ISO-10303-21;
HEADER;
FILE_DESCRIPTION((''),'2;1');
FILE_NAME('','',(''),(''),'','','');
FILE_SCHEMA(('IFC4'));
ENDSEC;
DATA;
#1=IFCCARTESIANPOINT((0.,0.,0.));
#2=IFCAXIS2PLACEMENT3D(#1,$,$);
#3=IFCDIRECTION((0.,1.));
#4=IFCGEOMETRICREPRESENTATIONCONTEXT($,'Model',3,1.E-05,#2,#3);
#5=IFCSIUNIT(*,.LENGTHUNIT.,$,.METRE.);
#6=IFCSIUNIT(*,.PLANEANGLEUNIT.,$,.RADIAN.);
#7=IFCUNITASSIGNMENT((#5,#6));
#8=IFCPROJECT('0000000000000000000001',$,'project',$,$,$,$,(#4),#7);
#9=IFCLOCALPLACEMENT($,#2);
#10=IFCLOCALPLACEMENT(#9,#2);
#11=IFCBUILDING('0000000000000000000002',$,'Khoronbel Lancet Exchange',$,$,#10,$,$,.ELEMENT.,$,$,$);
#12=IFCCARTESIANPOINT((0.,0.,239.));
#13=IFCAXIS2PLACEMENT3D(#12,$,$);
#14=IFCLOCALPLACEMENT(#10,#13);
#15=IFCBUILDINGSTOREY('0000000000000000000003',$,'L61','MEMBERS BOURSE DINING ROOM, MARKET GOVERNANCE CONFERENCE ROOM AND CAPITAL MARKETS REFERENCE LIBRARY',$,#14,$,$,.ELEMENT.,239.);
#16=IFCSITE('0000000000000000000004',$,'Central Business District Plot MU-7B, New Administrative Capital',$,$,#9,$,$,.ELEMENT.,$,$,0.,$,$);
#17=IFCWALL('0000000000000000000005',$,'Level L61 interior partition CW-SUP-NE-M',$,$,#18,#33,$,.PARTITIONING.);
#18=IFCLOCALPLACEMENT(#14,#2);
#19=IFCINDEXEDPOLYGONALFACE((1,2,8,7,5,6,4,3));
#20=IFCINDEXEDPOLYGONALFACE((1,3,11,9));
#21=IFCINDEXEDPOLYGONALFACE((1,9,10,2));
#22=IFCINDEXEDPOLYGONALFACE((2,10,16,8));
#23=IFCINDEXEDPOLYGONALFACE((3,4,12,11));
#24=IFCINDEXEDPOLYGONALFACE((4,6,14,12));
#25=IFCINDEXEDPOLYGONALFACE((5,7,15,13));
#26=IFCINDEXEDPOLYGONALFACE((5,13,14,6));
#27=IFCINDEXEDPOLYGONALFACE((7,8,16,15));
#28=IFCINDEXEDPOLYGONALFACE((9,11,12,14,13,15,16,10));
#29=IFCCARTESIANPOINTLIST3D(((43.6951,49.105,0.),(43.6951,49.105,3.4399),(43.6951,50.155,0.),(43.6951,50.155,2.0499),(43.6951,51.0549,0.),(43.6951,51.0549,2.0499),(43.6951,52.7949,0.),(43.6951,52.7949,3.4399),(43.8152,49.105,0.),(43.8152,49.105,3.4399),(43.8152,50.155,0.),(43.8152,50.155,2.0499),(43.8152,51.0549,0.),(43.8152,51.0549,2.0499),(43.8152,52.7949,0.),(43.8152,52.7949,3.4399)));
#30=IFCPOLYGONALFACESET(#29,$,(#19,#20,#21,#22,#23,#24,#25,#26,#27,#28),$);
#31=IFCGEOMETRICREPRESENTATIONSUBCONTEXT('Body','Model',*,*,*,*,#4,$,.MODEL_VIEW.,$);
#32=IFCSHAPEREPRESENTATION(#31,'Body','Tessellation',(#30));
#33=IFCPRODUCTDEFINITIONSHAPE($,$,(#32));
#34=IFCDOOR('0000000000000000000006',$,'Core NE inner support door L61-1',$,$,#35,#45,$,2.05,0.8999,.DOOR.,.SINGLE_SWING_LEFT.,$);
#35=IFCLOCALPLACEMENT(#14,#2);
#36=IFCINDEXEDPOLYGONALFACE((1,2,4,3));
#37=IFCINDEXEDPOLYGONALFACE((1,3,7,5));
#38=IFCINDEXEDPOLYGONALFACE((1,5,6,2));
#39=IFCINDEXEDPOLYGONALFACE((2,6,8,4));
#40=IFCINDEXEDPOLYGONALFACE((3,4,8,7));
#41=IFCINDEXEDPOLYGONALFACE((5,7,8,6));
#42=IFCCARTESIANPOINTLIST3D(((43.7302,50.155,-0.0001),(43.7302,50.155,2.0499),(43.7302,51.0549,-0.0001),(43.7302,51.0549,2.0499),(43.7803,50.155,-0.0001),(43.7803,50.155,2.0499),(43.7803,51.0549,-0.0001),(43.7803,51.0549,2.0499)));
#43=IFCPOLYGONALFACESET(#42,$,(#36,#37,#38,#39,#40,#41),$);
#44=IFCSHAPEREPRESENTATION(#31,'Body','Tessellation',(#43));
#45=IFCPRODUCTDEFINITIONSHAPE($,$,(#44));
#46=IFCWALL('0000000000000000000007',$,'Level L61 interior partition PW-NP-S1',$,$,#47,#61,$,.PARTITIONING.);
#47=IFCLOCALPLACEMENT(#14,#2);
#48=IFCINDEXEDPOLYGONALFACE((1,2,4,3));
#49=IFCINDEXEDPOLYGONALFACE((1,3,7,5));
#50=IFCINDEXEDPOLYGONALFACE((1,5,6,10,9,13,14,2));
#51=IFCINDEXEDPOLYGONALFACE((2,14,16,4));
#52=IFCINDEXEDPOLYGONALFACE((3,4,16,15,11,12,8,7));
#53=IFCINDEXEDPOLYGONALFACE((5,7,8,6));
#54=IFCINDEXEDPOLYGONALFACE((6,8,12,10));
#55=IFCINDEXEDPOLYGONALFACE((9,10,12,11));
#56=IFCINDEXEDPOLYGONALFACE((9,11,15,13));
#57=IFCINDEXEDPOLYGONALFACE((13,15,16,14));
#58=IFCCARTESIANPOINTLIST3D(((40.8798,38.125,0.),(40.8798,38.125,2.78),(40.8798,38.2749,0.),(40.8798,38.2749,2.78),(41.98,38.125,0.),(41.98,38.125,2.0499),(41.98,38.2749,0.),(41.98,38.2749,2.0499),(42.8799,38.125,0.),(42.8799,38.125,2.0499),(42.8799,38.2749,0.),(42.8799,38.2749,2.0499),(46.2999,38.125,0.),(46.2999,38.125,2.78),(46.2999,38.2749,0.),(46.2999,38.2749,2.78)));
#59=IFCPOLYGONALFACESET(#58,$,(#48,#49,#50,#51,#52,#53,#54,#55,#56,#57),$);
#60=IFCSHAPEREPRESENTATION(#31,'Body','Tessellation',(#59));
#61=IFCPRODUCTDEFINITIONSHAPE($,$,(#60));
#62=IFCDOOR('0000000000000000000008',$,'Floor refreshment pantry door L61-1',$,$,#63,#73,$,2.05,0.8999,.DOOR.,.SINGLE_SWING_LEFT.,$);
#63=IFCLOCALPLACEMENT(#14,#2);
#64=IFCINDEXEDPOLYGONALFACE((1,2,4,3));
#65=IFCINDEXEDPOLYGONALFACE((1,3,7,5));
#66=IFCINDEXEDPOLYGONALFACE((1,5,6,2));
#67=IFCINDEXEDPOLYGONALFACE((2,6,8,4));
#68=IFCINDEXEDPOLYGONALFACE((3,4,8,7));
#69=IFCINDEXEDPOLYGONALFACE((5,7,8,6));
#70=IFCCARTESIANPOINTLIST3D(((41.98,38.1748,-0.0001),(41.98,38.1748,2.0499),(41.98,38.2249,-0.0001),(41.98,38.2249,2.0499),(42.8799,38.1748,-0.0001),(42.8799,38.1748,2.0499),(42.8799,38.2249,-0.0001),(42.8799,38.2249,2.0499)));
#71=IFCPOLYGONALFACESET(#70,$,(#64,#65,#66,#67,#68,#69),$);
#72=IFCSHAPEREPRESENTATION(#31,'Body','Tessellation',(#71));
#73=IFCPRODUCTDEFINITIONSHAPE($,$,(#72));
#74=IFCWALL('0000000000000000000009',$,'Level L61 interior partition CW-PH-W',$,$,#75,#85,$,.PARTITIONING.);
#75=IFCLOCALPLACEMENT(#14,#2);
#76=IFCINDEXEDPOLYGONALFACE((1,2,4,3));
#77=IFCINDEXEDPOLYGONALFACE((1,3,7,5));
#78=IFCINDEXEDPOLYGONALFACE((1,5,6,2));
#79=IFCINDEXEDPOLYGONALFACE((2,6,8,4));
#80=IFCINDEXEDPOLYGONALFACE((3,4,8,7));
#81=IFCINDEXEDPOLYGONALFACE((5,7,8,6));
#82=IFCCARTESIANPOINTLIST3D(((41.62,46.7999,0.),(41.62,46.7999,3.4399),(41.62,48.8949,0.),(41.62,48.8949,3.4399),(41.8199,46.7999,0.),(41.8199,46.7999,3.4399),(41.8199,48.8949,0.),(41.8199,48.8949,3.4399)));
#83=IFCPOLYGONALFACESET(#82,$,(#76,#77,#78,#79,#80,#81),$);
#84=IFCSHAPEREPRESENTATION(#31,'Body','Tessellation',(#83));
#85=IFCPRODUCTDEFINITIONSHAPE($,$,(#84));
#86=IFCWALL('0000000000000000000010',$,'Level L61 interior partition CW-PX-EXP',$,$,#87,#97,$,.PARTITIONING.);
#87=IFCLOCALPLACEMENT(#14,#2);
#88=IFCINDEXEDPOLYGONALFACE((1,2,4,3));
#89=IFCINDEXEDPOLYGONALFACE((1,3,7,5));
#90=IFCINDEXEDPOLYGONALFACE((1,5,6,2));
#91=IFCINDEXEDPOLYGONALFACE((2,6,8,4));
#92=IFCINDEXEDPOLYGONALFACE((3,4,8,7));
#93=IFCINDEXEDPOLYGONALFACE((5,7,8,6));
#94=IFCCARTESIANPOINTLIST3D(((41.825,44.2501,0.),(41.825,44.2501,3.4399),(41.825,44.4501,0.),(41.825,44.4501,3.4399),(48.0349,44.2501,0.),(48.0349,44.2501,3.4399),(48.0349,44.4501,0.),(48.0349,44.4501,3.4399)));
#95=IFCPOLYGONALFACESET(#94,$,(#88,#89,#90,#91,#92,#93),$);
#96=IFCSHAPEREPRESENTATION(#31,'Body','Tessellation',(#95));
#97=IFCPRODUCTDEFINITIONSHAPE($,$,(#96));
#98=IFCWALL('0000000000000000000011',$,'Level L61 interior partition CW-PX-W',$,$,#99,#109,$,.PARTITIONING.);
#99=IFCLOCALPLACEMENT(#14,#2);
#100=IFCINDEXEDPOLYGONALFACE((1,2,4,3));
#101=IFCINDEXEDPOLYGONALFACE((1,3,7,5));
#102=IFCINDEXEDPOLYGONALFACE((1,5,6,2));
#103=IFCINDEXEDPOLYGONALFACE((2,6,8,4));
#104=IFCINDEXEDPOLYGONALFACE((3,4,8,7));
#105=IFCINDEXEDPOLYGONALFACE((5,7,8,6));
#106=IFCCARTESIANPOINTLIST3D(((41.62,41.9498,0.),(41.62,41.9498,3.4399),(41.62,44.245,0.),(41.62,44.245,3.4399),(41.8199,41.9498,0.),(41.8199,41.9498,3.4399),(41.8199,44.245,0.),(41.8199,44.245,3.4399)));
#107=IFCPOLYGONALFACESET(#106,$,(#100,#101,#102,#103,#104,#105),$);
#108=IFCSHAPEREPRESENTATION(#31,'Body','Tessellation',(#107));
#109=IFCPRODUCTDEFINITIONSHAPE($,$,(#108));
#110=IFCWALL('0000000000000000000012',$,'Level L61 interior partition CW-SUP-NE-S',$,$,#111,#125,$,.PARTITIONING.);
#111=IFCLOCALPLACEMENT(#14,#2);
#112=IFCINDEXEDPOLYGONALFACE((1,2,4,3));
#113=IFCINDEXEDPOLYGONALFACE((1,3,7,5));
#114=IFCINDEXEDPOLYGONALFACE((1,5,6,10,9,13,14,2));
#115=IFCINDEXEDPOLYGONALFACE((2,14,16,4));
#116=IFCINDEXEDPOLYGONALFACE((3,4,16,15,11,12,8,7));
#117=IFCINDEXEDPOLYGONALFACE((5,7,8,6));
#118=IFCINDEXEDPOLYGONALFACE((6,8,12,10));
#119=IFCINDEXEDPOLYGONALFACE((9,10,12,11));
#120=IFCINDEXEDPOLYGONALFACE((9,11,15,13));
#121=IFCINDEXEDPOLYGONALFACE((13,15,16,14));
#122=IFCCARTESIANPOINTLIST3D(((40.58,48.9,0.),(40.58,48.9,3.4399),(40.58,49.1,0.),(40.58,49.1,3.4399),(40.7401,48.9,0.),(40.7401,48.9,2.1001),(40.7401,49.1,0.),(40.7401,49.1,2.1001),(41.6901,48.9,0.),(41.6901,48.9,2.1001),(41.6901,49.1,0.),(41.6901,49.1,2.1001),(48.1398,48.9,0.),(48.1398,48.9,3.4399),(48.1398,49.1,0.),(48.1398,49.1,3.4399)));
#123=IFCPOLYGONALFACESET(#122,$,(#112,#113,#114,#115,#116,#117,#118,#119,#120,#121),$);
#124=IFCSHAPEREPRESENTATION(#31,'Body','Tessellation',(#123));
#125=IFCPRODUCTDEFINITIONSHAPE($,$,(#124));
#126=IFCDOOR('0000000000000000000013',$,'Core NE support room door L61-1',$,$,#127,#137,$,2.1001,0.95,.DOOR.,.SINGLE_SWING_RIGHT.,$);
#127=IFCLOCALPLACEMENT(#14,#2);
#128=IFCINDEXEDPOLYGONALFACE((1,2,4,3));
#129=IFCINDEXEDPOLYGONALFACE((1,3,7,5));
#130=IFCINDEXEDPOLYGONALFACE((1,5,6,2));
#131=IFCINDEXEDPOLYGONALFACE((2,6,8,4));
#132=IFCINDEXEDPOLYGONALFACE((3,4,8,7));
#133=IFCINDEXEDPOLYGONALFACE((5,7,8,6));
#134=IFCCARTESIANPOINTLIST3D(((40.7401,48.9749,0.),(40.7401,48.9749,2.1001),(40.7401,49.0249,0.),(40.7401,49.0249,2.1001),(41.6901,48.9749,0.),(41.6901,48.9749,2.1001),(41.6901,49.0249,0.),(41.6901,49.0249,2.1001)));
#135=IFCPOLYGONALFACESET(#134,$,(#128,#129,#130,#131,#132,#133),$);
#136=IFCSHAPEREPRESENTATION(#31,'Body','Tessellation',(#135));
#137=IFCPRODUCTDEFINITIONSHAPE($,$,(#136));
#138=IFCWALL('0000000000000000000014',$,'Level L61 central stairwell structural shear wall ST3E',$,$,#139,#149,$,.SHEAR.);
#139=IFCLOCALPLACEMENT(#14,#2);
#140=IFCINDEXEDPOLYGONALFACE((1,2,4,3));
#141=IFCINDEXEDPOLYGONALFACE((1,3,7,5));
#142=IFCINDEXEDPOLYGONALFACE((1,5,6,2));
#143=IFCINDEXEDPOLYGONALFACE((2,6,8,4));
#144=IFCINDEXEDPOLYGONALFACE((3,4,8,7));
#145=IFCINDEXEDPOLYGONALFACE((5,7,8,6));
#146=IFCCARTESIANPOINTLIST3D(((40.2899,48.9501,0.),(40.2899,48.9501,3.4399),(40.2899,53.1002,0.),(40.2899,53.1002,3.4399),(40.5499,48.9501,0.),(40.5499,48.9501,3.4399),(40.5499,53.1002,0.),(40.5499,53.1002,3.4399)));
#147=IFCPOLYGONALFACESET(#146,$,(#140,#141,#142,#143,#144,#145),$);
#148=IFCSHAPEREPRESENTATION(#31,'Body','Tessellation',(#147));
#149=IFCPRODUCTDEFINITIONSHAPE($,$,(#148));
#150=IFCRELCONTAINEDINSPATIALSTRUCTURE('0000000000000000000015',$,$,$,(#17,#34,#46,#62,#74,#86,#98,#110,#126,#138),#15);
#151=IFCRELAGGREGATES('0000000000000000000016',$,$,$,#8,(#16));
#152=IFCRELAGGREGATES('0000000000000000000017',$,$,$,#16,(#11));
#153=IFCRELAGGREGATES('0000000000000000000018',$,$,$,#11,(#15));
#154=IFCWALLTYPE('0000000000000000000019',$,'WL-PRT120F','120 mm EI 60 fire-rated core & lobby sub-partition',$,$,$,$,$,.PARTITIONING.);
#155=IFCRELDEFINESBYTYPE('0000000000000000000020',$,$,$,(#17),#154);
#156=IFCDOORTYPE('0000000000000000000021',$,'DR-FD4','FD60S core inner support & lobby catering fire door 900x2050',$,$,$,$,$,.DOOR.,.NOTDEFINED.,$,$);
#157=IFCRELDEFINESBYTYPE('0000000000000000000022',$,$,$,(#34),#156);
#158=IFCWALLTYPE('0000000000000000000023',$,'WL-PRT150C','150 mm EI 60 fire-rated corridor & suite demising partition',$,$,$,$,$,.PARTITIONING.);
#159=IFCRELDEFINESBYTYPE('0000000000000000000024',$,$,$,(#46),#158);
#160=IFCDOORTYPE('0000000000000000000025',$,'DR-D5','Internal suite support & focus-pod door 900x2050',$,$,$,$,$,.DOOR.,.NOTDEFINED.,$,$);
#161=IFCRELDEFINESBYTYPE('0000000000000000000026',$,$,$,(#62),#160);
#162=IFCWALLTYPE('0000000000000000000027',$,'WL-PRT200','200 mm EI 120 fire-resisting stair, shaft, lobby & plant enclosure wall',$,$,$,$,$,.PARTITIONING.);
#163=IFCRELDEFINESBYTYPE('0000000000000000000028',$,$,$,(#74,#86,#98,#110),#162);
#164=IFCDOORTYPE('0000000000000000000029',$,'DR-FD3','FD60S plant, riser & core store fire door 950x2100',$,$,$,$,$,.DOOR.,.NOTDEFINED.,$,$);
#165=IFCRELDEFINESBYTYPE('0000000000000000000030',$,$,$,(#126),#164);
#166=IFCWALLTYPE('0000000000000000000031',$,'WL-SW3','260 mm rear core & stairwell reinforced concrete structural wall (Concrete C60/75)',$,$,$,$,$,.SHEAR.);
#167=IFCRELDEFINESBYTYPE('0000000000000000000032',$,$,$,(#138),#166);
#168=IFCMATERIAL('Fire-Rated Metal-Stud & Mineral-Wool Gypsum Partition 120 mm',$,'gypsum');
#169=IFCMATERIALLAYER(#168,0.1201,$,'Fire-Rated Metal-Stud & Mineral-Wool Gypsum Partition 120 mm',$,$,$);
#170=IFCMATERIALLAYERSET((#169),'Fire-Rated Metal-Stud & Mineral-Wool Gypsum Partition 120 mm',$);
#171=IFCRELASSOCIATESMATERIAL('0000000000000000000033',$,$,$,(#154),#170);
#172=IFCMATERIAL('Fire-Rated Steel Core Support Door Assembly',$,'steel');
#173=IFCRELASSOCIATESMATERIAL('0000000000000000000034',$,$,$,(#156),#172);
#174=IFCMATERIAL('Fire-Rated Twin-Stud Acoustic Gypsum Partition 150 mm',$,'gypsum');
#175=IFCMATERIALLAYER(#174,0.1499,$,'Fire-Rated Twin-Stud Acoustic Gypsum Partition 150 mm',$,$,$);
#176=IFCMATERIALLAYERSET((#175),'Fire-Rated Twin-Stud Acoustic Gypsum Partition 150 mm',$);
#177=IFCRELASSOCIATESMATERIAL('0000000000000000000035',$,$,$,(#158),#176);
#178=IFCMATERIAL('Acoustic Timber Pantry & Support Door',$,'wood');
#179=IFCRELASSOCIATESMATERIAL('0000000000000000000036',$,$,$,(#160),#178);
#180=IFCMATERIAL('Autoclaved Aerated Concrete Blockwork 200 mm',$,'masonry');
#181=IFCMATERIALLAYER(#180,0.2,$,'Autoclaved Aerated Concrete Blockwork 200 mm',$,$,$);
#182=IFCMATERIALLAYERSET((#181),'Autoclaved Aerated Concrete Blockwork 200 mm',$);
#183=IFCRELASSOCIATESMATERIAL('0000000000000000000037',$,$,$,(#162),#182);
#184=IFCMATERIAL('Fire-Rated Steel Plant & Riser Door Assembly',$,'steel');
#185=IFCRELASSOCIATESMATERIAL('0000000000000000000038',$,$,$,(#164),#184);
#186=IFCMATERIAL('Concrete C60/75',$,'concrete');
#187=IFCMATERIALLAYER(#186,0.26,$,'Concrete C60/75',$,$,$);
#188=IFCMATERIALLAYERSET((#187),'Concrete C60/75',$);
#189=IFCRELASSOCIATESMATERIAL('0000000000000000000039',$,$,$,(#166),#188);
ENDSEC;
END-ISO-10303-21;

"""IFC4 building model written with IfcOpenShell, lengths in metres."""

from ifc_helpers import new_model, si_unit, direction, frame, frame_2d, origin, place, context, subcontext, project, spatial, rectangle, extrude, material, layer, layer_set, type_object, element, fill, save


model = new_model("IFC4")

# Units and contexts
model_context = context("Model", 3, precision=1e-05, world=origin(), true_north=direction((0.0, 1.0)))
body_context = subcontext(model_context, "Body", "Model", "MODEL_VIEW")
ifc_project = project(units=[si_unit("LENGTHUNIT", "METRE"), si_unit("PLANEANGLEUNIT", "RADIAN")], contexts=[model_context])

# Site, building, storey
site_placement = place(None, origin())
site = spatial("IfcSite", under=ifc_project, at=site_placement, Name="Central Business District Plot MU-7B, New Administrative Capital", CompositionType="ELEMENT", RefElevation=0.0)
building_placement = place(site_placement, origin())
building = spatial("IfcBuilding", under=site, at=building_placement, Name="Khoronbel Lancet Exchange", CompositionType="ELEMENT")
storey_placement = place(building_placement, frame((0.0, 0.0, 239.0)))
storey = spatial("IfcBuildingStorey", under=building, at=storey_placement, Name="L61", Description="MEMBERS BOURSE DINING ROOM, MARKET GOVERNANCE CONFERENCE ROOM AND CAPITAL MARKETS REFERENCE LIBRARY", CompositionType="ELEMENT", Elevation=239.0)

# Shared definitions
ifc_material_1 = material(Name="Concrete C60/75", Category="concrete")

# Shared definitions
ifc_material_2 = material(Name="Fire-Rated Metal-Stud & Mineral-Wool Gypsum Partition 120 mm", Category="gypsum")
ifc_layer_1 = layer(ifc_material_2, 0.1201, Name="Fire-Rated Metal-Stud & Mineral-Wool Gypsum Partition 120 mm")
ifc_layer_set_1 = layer_set([ifc_layer_1], Name="Fire-Rated Metal-Stud & Mineral-Wool Gypsum Partition 120 mm")
wall_type_1 = type_object("IfcWallType", Name="WL-PRT120F", Description="120 mm EI 60 fire-rated core & lobby sub-partition", PredefinedType="PARTITIONING", material=ifc_layer_set_1)

# Walls, openings, doors
wall_1_placement = place(storey_placement, frame((43.7551, 49.105, 0.0), z_axis=(0.0, 0.0, 1.0), x_axis=(0.0, 1.0, 0.0)))
wall_1 = element("IfcWall", 1, at=wall_1_placement, inside=storey, type_object=wall_type_1, Name="Level L61 interior partition CW-SUP-NE-M", PredefinedType="PARTITIONING", context=body_context, shape_type="SweptSolid", body=[
    extrude(rectangle(XDim=3.6899, YDim=0.1201, at=frame_2d((1.845, 0.0))), origin(), (0.0, 0.0, 1.0), 3.4399),
])
opening_1_placement = place(wall_1_placement, frame((1.05, 0.0, 0.0)))
opening_1 = element("IfcOpeningElement", 2, at=opening_1_placement, cuts=wall_1, PredefinedType="OPENING", context=body_context, shape_type="SweptSolid", body=[
    extrude(rectangle(XDim=0.8999, YDim=2.05, at=frame_2d((0.45, 1.0249))), frame((0.0, 0.0701, 0.0), z_axis=(0.0, -1.0, 0.0), x_axis=(1.0, 0.0, 0.0)), (0.0, 0.0, 1.0), 0.1401),
])
ifc_material_3 = material(Name="Fire-Rated Steel Core Support Door Assembly", Category="steel")
door_type_1 = type_object("IfcDoorType", Name="DR-FD4", Description="FD60S core inner support & lobby catering fire door 900x2050", OperationType="NOTDEFINED", PredefinedType="DOOR", material=ifc_material_3)
door_1_placement = place(opening_1_placement, origin())
door_1 = element("IfcDoor", 3, at=door_1_placement, inside=storey, type_object=door_type_1, Name="Core NE inner support door L61-1", OperationType="SINGLE_SWING_LEFT", OverallHeight=2.05, OverallWidth=0.8999, PredefinedType="DOOR", context=body_context, shape_type="SweptSolid", body=[
    extrude(rectangle(XDim=0.8999, YDim=2.05, at=frame_2d((0.45, 1.0249))), frame((0.0, 0.0249, 0.0), z_axis=(0.0, -1.0, 0.0), x_axis=(1.0, 0.0, 0.0)), (0.0, 0.0, 1.0), 0.05),
])
fill(opening_1, door_1)
ifc_material_4 = material(Name="Fire-Rated Twin-Stud Acoustic Gypsum Partition 150 mm", Category="gypsum")
ifc_layer_2 = layer(ifc_material_4, 0.1499, Name="Fire-Rated Twin-Stud Acoustic Gypsum Partition 150 mm")
ifc_layer_set_2 = layer_set([ifc_layer_2], Name="Fire-Rated Twin-Stud Acoustic Gypsum Partition 150 mm")
wall_type_2 = type_object("IfcWallType", Name="WL-PRT150C", Description="150 mm EI 60 fire-rated corridor & suite demising partition", PredefinedType="PARTITIONING", material=ifc_layer_set_2)
wall_2_placement = place(storey_placement, frame((40.8799, 38.2, 0.0), z_axis=(0.0, 0.0, 1.0), x_axis=(1.0, 0.0, 0.0)))
wall_2 = element("IfcWall", 4, at=wall_2_placement, inside=storey, type_object=wall_type_2, Name="Level L61 interior partition PW-NP-S1", PredefinedType="PARTITIONING", context=body_context, shape_type="SweptSolid", body=[
    extrude(rectangle(XDim=5.4202, YDim=0.1499, at=frame_2d((2.71, 0.0))), origin(), (0.0, 0.0, 1.0), 2.78),
])
opening_2_placement = place(wall_2_placement, frame((1.1001, 0.0, 0.0)))
opening_2 = element("IfcOpeningElement", 5, at=opening_2_placement, cuts=wall_2, PredefinedType="OPENING", context=body_context, shape_type="SweptSolid", body=[
    extrude(rectangle(XDim=0.8999, YDim=2.05, at=frame_2d((0.45, 1.0249))), frame((0.0, 0.085, 0.0), z_axis=(0.0, -1.0, 0.0), x_axis=(1.0, 0.0, 0.0)), (0.0, 0.0, 1.0), 0.1699),
])
ifc_material_5 = material(Name="Acoustic Timber Pantry & Support Door", Category="wood")
door_type_2 = type_object("IfcDoorType", Name="DR-D5", Description="Internal suite support & focus-pod door 900x2050", OperationType="NOTDEFINED", PredefinedType="DOOR", material=ifc_material_5)
door_2_placement = place(opening_2_placement, origin())
door_2 = element("IfcDoor", 6, at=door_2_placement, inside=storey, type_object=door_type_2, Name="Floor refreshment pantry door L61-1", OperationType="SINGLE_SWING_LEFT", OverallHeight=2.05, OverallWidth=0.8999, PredefinedType="DOOR", context=body_context, shape_type="SweptSolid", body=[
    extrude(rectangle(XDim=0.8999, YDim=2.05, at=frame_2d((0.45, 1.0249))), frame((0.0, 0.0249, 0.0), z_axis=(0.0, -1.0, 0.0), x_axis=(1.0, 0.0, 0.0)), (0.0, 0.0, 1.0), 0.05),
])
fill(opening_2, door_2)

# Walls
ifc_material_6 = material(Name="Autoclaved Aerated Concrete Blockwork 200 mm", Category="masonry")
ifc_layer_3 = layer(ifc_material_6, 0.2, Name="Autoclaved Aerated Concrete Blockwork 200 mm")
ifc_layer_set_3 = layer_set([ifc_layer_3], Name="Autoclaved Aerated Concrete Blockwork 200 mm")
wall_type_3 = type_object("IfcWallType", Name="WL-PRT200", Description="200 mm EI 120 fire-resisting stair, shaft, lobby & plant enclosure wall", PredefinedType="PARTITIONING", material=ifc_layer_set_3)
wall_3_placement = place(storey_placement, frame((41.72, 46.8, 0.0), z_axis=(0.0, 0.0, 1.0), x_axis=(0.0, 1.0, 0.0)))
element("IfcWall", 7, at=wall_3_placement, inside=storey, type_object=wall_type_3, Name="Level L61 interior partition CW-PH-W", PredefinedType="PARTITIONING", context=body_context, shape_type="SweptSolid", body=[
    extrude(rectangle(XDim=2.095, YDim=0.2, at=frame_2d((1.0474, 0.0))), origin(), (0.0, 0.0, 1.0), 3.4399),
])
wall_4_placement = place(storey_placement, frame((41.825, 44.3501, 0.0), z_axis=(0.0, 0.0, 1.0), x_axis=(1.0, 0.0, 0.0)))
element("IfcWall", 8, at=wall_4_placement, inside=storey, type_object=wall_type_3, Name="Level L61 interior partition CW-PX-EXP", PredefinedType="PARTITIONING", context=body_context, shape_type="SweptSolid", body=[
    extrude(rectangle(XDim=6.21, YDim=0.2, at=frame_2d((3.105, 0.0))), origin(), (0.0, 0.0, 1.0), 3.4399),
])
wall_5_placement = place(storey_placement, frame((41.72, 41.95, 0.0), z_axis=(0.0, 0.0, 1.0), x_axis=(0.0, 1.0, 0.0)))
element("IfcWall", 9, at=wall_5_placement, inside=storey, type_object=wall_type_3, Name="Level L61 interior partition CW-PX-W", PredefinedType="PARTITIONING", context=body_context, shape_type="SweptSolid", body=[
    extrude(rectangle(XDim=2.2952, YDim=0.2, at=frame_2d((1.1475, 0.0))), origin(), (0.0, 0.0, 1.0), 3.4399),
])

# Wall, opening, door
wall_6_placement = place(storey_placement, frame((40.5801, 49.0, 0.0), z_axis=(0.0, 0.0, 1.0), x_axis=(1.0, 0.0, 0.0)))
wall_6 = element("IfcWall", 10, at=wall_6_placement, inside=storey, type_object=wall_type_3, Name="Level L61 interior partition CW-SUP-NE-S", PredefinedType="PARTITIONING", context=body_context, shape_type="SweptSolid", body=[
    extrude(rectangle(XDim=7.5598, YDim=0.2, at=frame_2d((3.7798, 0.0))), origin(), (0.0, 0.0, 1.0), 3.4399),
])
opening_3_placement = place(wall_6_placement, frame((0.1599, 0.0, 0.0)))
opening_3 = element("IfcOpeningElement", 11, at=opening_3_placement, cuts=wall_6, PredefinedType="OPENING", context=body_context, shape_type="SweptSolid", body=[
    extrude(rectangle(XDim=0.95, YDim=2.1001, at=frame_2d((0.4751, 1.05))), frame((0.0, 0.1099, 0.0), z_axis=(0.0, -1.0, 0.0), x_axis=(1.0, 0.0, 0.0)), (0.0, 0.0, 1.0), 0.22),
])
ifc_material_7 = material(Name="Fire-Rated Steel Plant & Riser Door Assembly", Category="steel")
door_type_3 = type_object("IfcDoorType", Name="DR-FD3", Description="FD60S plant, riser & core store fire door 950x2100", OperationType="NOTDEFINED", PredefinedType="DOOR", material=ifc_material_7)
door_3_placement = place(opening_3_placement, origin())
door_3 = element("IfcDoor", 12, at=door_3_placement, inside=storey, type_object=door_type_3, Name="Core NE support room door L61-1", OperationType="SINGLE_SWING_RIGHT", OverallHeight=2.1001, OverallWidth=0.95, PredefinedType="DOOR", context=body_context, shape_type="SweptSolid", body=[
    extrude(rectangle(XDim=0.95, YDim=2.1001, at=frame_2d((0.4751, 1.05))), frame((0.0, 0.0249, 0.0), z_axis=(0.0, -1.0, 0.0), x_axis=(1.0, 0.0, 0.0)), (0.0, 0.0, 1.0), 0.05),
])
fill(opening_3, door_3)

# Wall
ifc_layer_4 = layer(ifc_material_1, 0.26, Name="Concrete C60/75")
ifc_layer_set_4 = layer_set([ifc_layer_4], Name="Concrete C60/75")
wall_type_4 = type_object("IfcWallType", Name="WL-SW3", Description="260 mm rear core & stairwell reinforced concrete structural wall (Concrete C60/75)", PredefinedType="SHEAR", material=ifc_layer_set_4)
wall_7_placement = place(storey_placement, frame((40.4199, 48.95, 0.0), z_axis=(0.0, 0.0, 1.0), x_axis=(0.0, 1.0, 0.0)))
element("IfcWall", 13, at=wall_7_placement, inside=storey, type_object=wall_type_4, Name="Level L61 central stairwell structural shear wall ST3E", PredefinedType="SHEAR", context=body_context, shape_type="SweptSolid", body=[
    extrude(rectangle(XDim=4.1501, YDim=0.26, at=frame_2d((2.0752, 0.0))), origin(), (0.0, 0.0, 1.0), 3.4399),
])

save(model, "model.ifc")
